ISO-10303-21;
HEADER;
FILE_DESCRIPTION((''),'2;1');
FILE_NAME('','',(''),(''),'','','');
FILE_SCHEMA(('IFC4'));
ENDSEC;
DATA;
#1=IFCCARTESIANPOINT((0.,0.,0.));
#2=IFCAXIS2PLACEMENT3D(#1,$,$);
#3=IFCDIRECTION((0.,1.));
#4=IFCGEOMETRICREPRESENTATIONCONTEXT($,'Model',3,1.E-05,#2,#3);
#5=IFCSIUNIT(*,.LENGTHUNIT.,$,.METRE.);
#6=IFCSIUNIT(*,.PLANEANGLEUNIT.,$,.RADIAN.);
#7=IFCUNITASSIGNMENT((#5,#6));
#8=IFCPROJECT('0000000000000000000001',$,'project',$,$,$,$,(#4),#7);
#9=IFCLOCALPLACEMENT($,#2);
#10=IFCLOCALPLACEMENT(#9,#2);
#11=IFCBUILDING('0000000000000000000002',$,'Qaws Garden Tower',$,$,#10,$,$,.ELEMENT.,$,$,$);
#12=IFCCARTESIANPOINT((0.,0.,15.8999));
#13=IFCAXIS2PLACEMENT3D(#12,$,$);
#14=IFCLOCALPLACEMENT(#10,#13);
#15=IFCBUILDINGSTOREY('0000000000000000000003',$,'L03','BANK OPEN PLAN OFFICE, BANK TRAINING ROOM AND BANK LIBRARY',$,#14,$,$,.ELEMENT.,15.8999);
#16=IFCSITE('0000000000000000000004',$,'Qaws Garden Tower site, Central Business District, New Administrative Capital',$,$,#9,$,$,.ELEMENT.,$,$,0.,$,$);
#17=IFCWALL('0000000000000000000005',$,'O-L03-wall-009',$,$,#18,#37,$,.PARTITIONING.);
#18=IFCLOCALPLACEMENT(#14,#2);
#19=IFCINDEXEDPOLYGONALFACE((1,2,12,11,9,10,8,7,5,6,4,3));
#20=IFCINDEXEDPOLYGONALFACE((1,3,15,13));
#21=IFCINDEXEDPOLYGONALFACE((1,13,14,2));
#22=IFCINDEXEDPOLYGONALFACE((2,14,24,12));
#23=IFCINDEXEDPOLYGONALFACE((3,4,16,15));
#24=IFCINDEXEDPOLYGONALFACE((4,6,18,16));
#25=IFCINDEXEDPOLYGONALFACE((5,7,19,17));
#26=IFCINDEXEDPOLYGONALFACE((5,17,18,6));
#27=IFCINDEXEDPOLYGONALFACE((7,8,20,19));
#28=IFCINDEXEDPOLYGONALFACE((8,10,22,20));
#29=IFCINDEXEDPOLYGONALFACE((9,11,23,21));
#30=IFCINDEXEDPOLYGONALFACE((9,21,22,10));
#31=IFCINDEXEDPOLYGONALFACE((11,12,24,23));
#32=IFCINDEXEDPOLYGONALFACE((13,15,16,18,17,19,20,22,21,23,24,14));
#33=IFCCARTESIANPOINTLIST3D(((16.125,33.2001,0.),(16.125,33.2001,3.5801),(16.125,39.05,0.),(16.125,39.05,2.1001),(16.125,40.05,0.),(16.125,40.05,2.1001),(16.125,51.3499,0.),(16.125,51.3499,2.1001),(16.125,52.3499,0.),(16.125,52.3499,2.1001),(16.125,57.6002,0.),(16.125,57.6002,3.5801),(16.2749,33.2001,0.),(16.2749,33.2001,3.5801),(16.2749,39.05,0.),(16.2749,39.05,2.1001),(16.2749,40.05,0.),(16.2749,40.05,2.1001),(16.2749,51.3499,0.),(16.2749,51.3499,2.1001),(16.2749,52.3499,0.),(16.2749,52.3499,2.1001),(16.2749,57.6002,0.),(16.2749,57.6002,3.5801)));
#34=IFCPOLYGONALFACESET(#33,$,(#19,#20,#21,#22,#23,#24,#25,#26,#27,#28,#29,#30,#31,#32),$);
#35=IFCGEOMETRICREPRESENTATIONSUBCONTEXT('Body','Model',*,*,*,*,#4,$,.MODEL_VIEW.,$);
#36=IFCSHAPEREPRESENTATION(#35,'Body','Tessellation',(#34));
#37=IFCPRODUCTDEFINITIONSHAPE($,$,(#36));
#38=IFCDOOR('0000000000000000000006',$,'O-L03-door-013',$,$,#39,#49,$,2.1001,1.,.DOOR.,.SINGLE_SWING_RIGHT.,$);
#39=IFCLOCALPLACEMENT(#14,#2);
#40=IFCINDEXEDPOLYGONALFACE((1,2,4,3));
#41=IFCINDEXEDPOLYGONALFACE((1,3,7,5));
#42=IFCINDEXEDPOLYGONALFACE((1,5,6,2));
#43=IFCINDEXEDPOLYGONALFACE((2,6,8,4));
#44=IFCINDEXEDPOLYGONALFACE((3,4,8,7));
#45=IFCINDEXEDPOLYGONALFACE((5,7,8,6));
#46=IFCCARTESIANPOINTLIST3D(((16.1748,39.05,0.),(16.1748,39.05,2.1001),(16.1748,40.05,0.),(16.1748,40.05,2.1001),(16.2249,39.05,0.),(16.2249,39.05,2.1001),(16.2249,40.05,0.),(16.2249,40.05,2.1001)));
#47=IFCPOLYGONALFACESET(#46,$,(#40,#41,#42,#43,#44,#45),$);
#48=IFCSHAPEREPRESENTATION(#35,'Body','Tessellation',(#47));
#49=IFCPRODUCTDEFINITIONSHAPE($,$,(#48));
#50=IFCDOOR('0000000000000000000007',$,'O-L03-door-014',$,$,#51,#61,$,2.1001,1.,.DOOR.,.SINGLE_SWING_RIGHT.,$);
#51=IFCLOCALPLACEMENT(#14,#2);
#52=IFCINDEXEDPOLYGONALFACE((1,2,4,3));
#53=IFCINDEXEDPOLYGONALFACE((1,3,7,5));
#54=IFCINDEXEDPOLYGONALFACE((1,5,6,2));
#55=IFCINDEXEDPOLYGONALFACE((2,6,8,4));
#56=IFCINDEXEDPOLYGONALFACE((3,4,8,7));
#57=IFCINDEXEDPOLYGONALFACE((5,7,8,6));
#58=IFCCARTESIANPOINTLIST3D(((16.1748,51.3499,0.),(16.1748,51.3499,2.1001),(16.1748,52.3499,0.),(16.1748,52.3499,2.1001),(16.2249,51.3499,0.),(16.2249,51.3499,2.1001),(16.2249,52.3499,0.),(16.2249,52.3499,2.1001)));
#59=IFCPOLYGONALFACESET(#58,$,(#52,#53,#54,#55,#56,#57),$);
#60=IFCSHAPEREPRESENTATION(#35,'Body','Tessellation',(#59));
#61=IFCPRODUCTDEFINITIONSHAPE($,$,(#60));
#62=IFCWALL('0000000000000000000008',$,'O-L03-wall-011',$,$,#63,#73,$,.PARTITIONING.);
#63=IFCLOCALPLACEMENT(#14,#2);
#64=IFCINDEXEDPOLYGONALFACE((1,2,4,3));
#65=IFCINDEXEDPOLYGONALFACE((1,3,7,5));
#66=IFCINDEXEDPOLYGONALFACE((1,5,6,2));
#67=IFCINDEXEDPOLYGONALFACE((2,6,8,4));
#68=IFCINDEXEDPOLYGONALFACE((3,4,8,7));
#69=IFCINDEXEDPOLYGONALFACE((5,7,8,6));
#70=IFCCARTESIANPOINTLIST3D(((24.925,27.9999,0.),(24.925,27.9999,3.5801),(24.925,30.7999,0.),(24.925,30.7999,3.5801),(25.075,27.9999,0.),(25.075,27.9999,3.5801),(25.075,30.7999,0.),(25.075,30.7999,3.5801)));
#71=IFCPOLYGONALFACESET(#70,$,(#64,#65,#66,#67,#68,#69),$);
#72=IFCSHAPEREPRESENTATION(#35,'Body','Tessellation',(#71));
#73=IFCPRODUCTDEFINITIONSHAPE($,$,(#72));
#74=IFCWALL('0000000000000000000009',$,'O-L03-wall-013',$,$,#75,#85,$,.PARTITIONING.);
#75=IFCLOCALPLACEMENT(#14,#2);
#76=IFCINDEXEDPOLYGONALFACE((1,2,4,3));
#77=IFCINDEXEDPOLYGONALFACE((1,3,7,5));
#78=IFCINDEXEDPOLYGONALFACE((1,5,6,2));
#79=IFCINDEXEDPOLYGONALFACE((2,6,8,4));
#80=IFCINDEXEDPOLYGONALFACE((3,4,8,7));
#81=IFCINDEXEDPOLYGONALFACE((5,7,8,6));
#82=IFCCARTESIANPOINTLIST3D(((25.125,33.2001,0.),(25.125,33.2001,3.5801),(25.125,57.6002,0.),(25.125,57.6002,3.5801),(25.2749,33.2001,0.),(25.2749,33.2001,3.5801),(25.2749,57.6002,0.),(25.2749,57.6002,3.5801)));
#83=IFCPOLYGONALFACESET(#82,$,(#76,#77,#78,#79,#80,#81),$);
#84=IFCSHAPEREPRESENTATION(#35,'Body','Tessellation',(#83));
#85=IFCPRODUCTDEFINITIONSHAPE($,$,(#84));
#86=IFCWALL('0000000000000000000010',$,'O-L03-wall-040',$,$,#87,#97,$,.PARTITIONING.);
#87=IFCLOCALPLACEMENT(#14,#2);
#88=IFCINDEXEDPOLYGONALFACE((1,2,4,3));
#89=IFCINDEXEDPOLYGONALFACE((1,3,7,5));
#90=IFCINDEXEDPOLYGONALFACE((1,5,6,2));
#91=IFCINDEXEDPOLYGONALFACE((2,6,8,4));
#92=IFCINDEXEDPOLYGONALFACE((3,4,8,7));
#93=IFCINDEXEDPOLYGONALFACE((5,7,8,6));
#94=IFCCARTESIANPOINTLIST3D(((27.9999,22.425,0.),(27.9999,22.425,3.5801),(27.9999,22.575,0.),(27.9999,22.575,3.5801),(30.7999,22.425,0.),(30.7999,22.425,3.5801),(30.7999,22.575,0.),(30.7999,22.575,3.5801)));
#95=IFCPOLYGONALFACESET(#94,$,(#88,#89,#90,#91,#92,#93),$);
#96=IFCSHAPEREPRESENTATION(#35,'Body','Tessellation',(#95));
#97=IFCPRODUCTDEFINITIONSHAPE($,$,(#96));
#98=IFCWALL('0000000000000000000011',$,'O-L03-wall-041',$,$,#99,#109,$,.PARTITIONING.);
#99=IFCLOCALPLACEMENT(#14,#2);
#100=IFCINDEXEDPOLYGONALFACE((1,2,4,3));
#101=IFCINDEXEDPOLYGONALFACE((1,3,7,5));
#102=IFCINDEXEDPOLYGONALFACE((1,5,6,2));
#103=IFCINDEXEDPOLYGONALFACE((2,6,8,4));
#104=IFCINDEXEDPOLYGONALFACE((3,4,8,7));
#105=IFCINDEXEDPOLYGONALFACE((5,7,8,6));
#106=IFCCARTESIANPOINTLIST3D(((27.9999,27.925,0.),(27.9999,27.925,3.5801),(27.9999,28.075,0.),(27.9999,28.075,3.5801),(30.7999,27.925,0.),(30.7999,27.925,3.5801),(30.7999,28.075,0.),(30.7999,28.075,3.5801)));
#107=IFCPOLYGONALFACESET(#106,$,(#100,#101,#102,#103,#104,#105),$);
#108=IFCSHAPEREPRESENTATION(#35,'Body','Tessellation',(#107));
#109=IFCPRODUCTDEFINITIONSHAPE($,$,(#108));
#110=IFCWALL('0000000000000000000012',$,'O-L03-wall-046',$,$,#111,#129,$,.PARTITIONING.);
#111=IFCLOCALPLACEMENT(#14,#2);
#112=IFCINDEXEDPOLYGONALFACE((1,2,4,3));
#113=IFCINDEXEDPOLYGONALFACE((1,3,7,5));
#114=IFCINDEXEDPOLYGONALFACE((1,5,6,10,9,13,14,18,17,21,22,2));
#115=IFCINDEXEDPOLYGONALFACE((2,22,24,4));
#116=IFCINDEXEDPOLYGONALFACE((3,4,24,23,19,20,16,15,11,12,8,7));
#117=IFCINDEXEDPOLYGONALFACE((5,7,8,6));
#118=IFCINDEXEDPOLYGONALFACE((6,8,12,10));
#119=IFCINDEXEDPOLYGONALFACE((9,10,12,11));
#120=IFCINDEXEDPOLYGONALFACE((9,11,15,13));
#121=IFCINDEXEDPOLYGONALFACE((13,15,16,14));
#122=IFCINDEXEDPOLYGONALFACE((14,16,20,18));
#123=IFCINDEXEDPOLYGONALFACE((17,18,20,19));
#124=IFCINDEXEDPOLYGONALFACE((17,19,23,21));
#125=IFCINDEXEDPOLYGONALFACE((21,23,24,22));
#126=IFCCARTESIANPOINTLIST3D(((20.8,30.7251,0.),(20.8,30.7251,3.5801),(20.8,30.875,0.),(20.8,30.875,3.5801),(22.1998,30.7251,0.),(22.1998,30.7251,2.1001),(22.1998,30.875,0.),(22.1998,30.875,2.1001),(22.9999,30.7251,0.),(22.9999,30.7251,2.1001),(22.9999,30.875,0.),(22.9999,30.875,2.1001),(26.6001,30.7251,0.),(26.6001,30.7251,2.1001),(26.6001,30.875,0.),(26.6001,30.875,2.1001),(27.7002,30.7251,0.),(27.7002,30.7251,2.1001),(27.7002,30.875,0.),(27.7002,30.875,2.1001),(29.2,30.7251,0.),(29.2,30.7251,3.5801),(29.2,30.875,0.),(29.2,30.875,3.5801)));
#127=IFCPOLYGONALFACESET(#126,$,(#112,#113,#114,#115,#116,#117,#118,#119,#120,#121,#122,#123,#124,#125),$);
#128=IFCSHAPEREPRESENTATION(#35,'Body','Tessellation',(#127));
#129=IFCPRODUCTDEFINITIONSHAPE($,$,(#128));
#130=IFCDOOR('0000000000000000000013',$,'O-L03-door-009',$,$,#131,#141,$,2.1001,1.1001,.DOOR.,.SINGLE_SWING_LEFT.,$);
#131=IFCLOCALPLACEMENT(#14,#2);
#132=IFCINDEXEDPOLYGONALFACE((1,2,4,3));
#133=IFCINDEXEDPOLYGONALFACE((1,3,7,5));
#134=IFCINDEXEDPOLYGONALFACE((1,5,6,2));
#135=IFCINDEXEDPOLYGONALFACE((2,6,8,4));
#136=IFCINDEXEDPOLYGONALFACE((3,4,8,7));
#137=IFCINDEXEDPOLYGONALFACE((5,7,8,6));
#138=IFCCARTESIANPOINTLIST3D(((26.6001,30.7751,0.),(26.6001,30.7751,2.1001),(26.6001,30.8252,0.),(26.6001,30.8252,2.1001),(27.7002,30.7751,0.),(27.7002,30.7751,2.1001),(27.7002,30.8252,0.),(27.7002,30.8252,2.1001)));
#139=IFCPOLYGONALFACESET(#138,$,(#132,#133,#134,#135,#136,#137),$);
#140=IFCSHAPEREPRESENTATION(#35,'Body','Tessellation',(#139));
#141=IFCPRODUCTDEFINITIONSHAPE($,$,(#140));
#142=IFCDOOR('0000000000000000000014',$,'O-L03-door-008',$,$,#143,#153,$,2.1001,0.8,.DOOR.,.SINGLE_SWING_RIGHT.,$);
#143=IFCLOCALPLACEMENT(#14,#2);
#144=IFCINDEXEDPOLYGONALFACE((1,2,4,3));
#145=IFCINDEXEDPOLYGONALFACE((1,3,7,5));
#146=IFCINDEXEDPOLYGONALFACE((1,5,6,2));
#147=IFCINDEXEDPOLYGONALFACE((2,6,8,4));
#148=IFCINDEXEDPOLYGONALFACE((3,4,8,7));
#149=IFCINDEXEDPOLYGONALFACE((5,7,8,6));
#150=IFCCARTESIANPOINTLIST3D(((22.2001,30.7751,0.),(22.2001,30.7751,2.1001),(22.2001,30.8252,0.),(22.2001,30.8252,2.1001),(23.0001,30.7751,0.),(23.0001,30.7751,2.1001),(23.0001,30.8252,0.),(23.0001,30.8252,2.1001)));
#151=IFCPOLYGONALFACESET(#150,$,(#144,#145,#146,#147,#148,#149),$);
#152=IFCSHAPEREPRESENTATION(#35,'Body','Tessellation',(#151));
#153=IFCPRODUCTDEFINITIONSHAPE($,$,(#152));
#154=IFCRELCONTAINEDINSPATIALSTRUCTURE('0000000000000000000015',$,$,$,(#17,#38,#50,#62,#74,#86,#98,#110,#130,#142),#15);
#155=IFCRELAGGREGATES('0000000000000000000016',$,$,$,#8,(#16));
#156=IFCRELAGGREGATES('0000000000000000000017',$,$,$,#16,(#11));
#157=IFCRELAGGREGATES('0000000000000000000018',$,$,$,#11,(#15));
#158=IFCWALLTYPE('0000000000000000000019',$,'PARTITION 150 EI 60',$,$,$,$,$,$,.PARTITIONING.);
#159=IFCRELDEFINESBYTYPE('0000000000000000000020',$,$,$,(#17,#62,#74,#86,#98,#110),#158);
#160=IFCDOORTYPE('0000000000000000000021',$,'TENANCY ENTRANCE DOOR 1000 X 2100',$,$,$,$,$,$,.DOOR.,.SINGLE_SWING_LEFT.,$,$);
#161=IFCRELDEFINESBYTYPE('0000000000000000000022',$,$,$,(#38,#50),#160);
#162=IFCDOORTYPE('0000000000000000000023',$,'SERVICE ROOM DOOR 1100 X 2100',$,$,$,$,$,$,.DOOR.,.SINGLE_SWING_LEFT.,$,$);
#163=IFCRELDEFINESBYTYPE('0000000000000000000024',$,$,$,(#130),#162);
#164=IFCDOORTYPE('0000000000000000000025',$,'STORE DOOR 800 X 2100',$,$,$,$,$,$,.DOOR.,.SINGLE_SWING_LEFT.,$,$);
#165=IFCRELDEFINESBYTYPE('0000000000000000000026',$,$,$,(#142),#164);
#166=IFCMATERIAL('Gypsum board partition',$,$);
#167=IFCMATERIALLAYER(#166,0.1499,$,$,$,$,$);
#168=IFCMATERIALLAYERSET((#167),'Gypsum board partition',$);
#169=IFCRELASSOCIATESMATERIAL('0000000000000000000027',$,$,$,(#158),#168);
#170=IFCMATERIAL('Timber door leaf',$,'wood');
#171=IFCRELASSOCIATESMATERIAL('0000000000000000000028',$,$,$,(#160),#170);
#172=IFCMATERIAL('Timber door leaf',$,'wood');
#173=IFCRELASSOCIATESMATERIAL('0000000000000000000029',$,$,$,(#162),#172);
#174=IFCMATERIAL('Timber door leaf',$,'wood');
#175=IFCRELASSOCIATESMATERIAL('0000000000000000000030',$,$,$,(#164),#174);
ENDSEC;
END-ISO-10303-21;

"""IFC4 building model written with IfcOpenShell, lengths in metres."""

from ifc_helpers import new_model, si_unit, direction, frame, frame_2d, origin, place, context, subcontext, project, spatial, rectangle, extrude, material, layer, layer_set, type_object, element, fill, save


model = new_model("IFC4")

# Units and contexts
model_context = context("Model", 3, precision=1e-05, world=origin(), true_north=direction((0.0, 1.0)))
body_context = subcontext(model_context, "Body", "Model", "MODEL_VIEW")
ifc_project = project(units=[si_unit("LENGTHUNIT", "METRE"), si_unit("PLANEANGLEUNIT", "RADIAN")], contexts=[model_context])

# Site, building, storey
site_placement = place(None, origin())
site = spatial("IfcSite", under=ifc_project, at=site_placement, Name="Qaws Garden Tower site, Central Business District, New Administrative Capital", CompositionType="ELEMENT", RefElevation=0.0)
building_placement = place(site_placement, origin())
building = spatial("IfcBuilding", under=site, at=building_placement, Name="Qaws Garden Tower", CompositionType="ELEMENT")
storey_placement = place(building_placement, frame((0.0, 0.0, 15.8999)))
storey = spatial("IfcBuildingStorey", under=building, at=storey_placement, Name="L03", Description="BANK OPEN PLAN OFFICE, BANK TRAINING ROOM AND BANK LIBRARY", CompositionType="ELEMENT", Elevation=15.8999)

# Shared definitions
ifc_material_1 = material(Name="Gypsum board partition")
ifc_layer_1 = layer(ifc_material_1, 0.1499)
ifc_layer_set_1 = layer_set([ifc_layer_1], Name="Gypsum board partition")
wall_type_1 = type_object("IfcWallType", Name="PARTITION 150 EI 60", PredefinedType="PARTITIONING", material=ifc_layer_set_1)

# Wall, openings, doors
wall_1_placement = place(storey_placement, frame((16.2, 33.2, 0.0), z_axis=(0.0, 0.0, 1.0), x_axis=(0.0, 1.0, 0.0)))
wall_1 = element("IfcWall", 1, at=wall_1_placement, inside=storey, type_object=wall_type_1, Name="O-L03-wall-009", PredefinedType="PARTITIONING", context=body_context, shape_type="SweptSolid", body=[
    extrude(rectangle(XDim=24.4001, YDim=0.1499, at=frame_2d((12.2002, 0.0))), origin(), (0.0, 0.0, 1.0), 3.5801),
])
opening_1_placement = place(wall_1_placement, frame((5.8501, 0.0, 0.0)))
opening_1 = element("IfcOpeningElement", 2, at=opening_1_placement, cuts=wall_1, PredefinedType="OPENING", context=body_context, shape_type="SweptSolid", body=[
    extrude(rectangle(XDim=1.0, YDim=2.1001, at=frame_2d((0.5, 1.05))), frame((0.0, 0.085, 0.0), z_axis=(0.0, -1.0, 0.0), x_axis=(1.0, 0.0, 0.0)), (0.0, 0.0, 1.0), 0.1699),
])
opening_2_placement = place(wall_1_placement, frame((18.1499, 0.0, 0.0)))
opening_2 = element("IfcOpeningElement", 3, at=opening_2_placement, cuts=wall_1, PredefinedType="OPENING", context=body_context, shape_type="SweptSolid", body=[
    extrude(rectangle(XDim=1.0, YDim=2.1001, at=frame_2d((0.5, 1.05))), frame((0.0, 0.085, 0.0), z_axis=(0.0, -1.0, 0.0), x_axis=(1.0, 0.0, 0.0)), (0.0, 0.0, 1.0), 0.1699),
])
ifc_material_2 = material(Name="Timber door leaf", Category="wood")
door_type_1 = type_object("IfcDoorType", Name="TENANCY ENTRANCE DOOR 1000 X 2100", OperationType="SINGLE_SWING_LEFT", PredefinedType="DOOR", material=ifc_material_2)
door_1_placement = place(opening_1_placement, frame((1.0, 0.0, 0.0), z_axis=(0.0, 0.0, 1.0), x_axis=(-1.0, 0.0, 0.0)))
door_1 = element("IfcDoor", 4, at=door_1_placement, inside=storey, type_object=door_type_1, Name="O-L03-door-013", OperationType="SINGLE_SWING_RIGHT", OverallHeight=2.1001, OverallWidth=1.0, PredefinedType="DOOR", context=body_context, shape_type="SweptSolid", body=[
    extrude(rectangle(XDim=1.0, YDim=2.1001, at=frame_2d((0.5, 1.05))), frame((0.0, 0.0249, 0.0), z_axis=(0.0, -1.0, 0.0), x_axis=(1.0, 0.0, 0.0)), (0.0, 0.0, 1.0), 0.05),
])
fill(opening_1, door_1)
door_2_placement = place(opening_2_placement, frame((1.0, 0.0, 0.0), z_axis=(0.0, 0.0, 1.0), x_axis=(-1.0, 0.0, 0.0)))
door_2 = element("IfcDoor", 5, at=door_2_placement, inside=storey, type_object=door_type_1, Name="O-L03-door-014", OperationType="SINGLE_SWING_RIGHT", OverallHeight=2.1001, OverallWidth=1.0, PredefinedType="DOOR", context=body_context, shape_type="SweptSolid", body=[
    extrude(rectangle(XDim=1.0, YDim=2.1001, at=frame_2d((0.5, 1.05))), frame((0.0, 0.0249, 0.0), z_axis=(0.0, -1.0, 0.0), x_axis=(1.0, 0.0, 0.0)), (0.0, 0.0, 1.0), 0.05),
])
fill(opening_2, door_2)

# Walls
wall_2_placement = place(storey_placement, frame((25.0, 28.0, 0.0), z_axis=(0.0, 0.0, 1.0), x_axis=(0.0, 1.0, 0.0)))
element("IfcWall", 6, at=wall_2_placement, inside=storey, type_object=wall_type_1, Name="O-L03-wall-011", PredefinedType="PARTITIONING", context=body_context, shape_type="SweptSolid", body=[
    extrude(rectangle(XDim=2.8, YDim=0.1499, at=frame_2d((1.3999, 0.0))), origin(), (0.0, 0.0, 1.0), 3.5801),
])
wall_3_placement = place(storey_placement, frame((25.2, 33.2, 0.0), z_axis=(0.0, 0.0, 1.0), x_axis=(0.0, 1.0, 0.0)))
element("IfcWall", 7, at=wall_3_placement, inside=storey, type_object=wall_type_1, Name="O-L03-wall-013", PredefinedType="PARTITIONING", context=body_context, shape_type="SweptSolid", body=[
    extrude(rectangle(XDim=24.4001, YDim=0.1499, at=frame_2d((12.2002, 0.0))), origin(), (0.0, 0.0, 1.0), 3.5801),
])
for number, where, z_axis, x_axis, name in (
    (8, (28.0, 22.5, 0.0), (0.0, 0.0, 1.0), (1.0, 0.0, 0.0), "O-L03-wall-040"),
    (9, (28.0, 28.0, 0.0), (0.0, 0.0, 1.0), (1.0, 0.0, 0.0), "O-L03-wall-041"),
):
    element("IfcWall", number, at=place(storey_placement, frame(where, z_axis=z_axis, x_axis=x_axis)), inside=storey, type_object=wall_type_1, Name=name, PredefinedType="PARTITIONING", context=body_context, shape_type="SweptSolid", body=[
        extrude(rectangle(XDim=2.8, YDim=0.1499, at=frame_2d((1.3999, 0.0))), origin(), (0.0, 0.0, 1.0), 3.5801),
    ])

# Wall, openings, doors
wall_4_placement = place(storey_placement, frame((20.8, 30.8, 0.0), z_axis=(0.0, 0.0, 1.0), x_axis=(1.0, 0.0, 0.0)))
wall_4 = element("IfcWall", 10, at=wall_4_placement, inside=storey, type_object=wall_type_1, Name="O-L03-wall-046", PredefinedType="PARTITIONING", context=body_context, shape_type="SweptSolid", body=[
    extrude(rectangle(XDim=8.3999, YDim=0.1499, at=frame_2d((4.2, 0.0))), origin(), (0.0, 0.0, 1.0), 3.5801),
])
opening_3_placement = place(wall_4_placement, frame((1.3999, 0.0, 0.0)))
opening_3 = element("IfcOpeningElement", 11, at=opening_3_placement, cuts=wall_4, PredefinedType="OPENING", context=body_context, shape_type="SweptSolid", body=[
    extrude(rectangle(XDim=0.8, YDim=2.1001, at=frame_2d((0.3999, 1.05))), frame((0.0, 0.085, 0.0), z_axis=(0.0, -1.0, 0.0), x_axis=(1.0, 0.0, 0.0)), (0.0, 0.0, 1.0), 0.1699),
])
opening_4_placement = place(wall_4_placement, frame((5.8, 0.0, 0.0)))
opening_4 = element("IfcOpeningElement", 12, at=opening_4_placement, cuts=wall_4, PredefinedType="OPENING", context=body_context, shape_type="SweptSolid", body=[
    extrude(rectangle(XDim=1.1001, YDim=2.1001, at=frame_2d((0.55, 1.05))), frame((0.0, 0.085, 0.0), z_axis=(0.0, -1.0, 0.0), x_axis=(1.0, 0.0, 0.0)), (0.0, 0.0, 1.0), 0.1699),
])
ifc_material_3 = material(Name="Timber door leaf", Category="wood")
door_type_2 = type_object("IfcDoorType", Name="SERVICE ROOM DOOR 1100 X 2100", OperationType="SINGLE_SWING_LEFT", PredefinedType="DOOR", material=ifc_material_3)
door_3_placement = place(opening_4_placement, frame((1.1001, 0.0, 0.0), z_axis=(0.0, 0.0, 1.0), x_axis=(-1.0, 0.0, 0.0)))
door_3 = element("IfcDoor", 13, at=door_3_placement, inside=storey, type_object=door_type_2, Name="O-L03-door-009", OperationType="SINGLE_SWING_LEFT", OverallHeight=2.1001, OverallWidth=1.1001, PredefinedType="DOOR", context=body_context, shape_type="SweptSolid", body=[
    extrude(rectangle(XDim=1.1001, YDim=2.1001, at=frame_2d((0.55, 1.05))), frame((0.0, 0.0249, 0.0), z_axis=(0.0, -1.0, 0.0), x_axis=(1.0, 0.0, 0.0)), (0.0, 0.0, 1.0), 0.05),
])
fill(opening_4, door_3)
ifc_material_4 = material(Name="Timber door leaf", Category="wood")
door_type_3 = type_object("IfcDoorType", Name="STORE DOOR 800 X 2100", OperationType="SINGLE_SWING_LEFT", PredefinedType="DOOR", material=ifc_material_4)
door_4_placement = place(opening_3_placement, frame((0.8, 0.0, 0.0), z_axis=(0.0, 0.0, 1.0), x_axis=(-1.0, 0.0, 0.0)))
door_4 = element("IfcDoor", 14, at=door_4_placement, inside=storey, type_object=door_type_3, Name="O-L03-door-008", OperationType="SINGLE_SWING_RIGHT", OverallHeight=2.1001, OverallWidth=0.8, PredefinedType="DOOR", context=body_context, shape_type="SweptSolid", body=[
    extrude(rectangle(XDim=0.8, YDim=2.1001, at=frame_2d((0.3999, 1.05))), frame((0.0, 0.0249, 0.0), z_axis=(0.0, -1.0, 0.0), x_axis=(1.0, 0.0, 0.0)), (0.0, 0.0, 1.0), 0.05),
])
fill(opening_3, door_4)

save(model, "model.ifc")
